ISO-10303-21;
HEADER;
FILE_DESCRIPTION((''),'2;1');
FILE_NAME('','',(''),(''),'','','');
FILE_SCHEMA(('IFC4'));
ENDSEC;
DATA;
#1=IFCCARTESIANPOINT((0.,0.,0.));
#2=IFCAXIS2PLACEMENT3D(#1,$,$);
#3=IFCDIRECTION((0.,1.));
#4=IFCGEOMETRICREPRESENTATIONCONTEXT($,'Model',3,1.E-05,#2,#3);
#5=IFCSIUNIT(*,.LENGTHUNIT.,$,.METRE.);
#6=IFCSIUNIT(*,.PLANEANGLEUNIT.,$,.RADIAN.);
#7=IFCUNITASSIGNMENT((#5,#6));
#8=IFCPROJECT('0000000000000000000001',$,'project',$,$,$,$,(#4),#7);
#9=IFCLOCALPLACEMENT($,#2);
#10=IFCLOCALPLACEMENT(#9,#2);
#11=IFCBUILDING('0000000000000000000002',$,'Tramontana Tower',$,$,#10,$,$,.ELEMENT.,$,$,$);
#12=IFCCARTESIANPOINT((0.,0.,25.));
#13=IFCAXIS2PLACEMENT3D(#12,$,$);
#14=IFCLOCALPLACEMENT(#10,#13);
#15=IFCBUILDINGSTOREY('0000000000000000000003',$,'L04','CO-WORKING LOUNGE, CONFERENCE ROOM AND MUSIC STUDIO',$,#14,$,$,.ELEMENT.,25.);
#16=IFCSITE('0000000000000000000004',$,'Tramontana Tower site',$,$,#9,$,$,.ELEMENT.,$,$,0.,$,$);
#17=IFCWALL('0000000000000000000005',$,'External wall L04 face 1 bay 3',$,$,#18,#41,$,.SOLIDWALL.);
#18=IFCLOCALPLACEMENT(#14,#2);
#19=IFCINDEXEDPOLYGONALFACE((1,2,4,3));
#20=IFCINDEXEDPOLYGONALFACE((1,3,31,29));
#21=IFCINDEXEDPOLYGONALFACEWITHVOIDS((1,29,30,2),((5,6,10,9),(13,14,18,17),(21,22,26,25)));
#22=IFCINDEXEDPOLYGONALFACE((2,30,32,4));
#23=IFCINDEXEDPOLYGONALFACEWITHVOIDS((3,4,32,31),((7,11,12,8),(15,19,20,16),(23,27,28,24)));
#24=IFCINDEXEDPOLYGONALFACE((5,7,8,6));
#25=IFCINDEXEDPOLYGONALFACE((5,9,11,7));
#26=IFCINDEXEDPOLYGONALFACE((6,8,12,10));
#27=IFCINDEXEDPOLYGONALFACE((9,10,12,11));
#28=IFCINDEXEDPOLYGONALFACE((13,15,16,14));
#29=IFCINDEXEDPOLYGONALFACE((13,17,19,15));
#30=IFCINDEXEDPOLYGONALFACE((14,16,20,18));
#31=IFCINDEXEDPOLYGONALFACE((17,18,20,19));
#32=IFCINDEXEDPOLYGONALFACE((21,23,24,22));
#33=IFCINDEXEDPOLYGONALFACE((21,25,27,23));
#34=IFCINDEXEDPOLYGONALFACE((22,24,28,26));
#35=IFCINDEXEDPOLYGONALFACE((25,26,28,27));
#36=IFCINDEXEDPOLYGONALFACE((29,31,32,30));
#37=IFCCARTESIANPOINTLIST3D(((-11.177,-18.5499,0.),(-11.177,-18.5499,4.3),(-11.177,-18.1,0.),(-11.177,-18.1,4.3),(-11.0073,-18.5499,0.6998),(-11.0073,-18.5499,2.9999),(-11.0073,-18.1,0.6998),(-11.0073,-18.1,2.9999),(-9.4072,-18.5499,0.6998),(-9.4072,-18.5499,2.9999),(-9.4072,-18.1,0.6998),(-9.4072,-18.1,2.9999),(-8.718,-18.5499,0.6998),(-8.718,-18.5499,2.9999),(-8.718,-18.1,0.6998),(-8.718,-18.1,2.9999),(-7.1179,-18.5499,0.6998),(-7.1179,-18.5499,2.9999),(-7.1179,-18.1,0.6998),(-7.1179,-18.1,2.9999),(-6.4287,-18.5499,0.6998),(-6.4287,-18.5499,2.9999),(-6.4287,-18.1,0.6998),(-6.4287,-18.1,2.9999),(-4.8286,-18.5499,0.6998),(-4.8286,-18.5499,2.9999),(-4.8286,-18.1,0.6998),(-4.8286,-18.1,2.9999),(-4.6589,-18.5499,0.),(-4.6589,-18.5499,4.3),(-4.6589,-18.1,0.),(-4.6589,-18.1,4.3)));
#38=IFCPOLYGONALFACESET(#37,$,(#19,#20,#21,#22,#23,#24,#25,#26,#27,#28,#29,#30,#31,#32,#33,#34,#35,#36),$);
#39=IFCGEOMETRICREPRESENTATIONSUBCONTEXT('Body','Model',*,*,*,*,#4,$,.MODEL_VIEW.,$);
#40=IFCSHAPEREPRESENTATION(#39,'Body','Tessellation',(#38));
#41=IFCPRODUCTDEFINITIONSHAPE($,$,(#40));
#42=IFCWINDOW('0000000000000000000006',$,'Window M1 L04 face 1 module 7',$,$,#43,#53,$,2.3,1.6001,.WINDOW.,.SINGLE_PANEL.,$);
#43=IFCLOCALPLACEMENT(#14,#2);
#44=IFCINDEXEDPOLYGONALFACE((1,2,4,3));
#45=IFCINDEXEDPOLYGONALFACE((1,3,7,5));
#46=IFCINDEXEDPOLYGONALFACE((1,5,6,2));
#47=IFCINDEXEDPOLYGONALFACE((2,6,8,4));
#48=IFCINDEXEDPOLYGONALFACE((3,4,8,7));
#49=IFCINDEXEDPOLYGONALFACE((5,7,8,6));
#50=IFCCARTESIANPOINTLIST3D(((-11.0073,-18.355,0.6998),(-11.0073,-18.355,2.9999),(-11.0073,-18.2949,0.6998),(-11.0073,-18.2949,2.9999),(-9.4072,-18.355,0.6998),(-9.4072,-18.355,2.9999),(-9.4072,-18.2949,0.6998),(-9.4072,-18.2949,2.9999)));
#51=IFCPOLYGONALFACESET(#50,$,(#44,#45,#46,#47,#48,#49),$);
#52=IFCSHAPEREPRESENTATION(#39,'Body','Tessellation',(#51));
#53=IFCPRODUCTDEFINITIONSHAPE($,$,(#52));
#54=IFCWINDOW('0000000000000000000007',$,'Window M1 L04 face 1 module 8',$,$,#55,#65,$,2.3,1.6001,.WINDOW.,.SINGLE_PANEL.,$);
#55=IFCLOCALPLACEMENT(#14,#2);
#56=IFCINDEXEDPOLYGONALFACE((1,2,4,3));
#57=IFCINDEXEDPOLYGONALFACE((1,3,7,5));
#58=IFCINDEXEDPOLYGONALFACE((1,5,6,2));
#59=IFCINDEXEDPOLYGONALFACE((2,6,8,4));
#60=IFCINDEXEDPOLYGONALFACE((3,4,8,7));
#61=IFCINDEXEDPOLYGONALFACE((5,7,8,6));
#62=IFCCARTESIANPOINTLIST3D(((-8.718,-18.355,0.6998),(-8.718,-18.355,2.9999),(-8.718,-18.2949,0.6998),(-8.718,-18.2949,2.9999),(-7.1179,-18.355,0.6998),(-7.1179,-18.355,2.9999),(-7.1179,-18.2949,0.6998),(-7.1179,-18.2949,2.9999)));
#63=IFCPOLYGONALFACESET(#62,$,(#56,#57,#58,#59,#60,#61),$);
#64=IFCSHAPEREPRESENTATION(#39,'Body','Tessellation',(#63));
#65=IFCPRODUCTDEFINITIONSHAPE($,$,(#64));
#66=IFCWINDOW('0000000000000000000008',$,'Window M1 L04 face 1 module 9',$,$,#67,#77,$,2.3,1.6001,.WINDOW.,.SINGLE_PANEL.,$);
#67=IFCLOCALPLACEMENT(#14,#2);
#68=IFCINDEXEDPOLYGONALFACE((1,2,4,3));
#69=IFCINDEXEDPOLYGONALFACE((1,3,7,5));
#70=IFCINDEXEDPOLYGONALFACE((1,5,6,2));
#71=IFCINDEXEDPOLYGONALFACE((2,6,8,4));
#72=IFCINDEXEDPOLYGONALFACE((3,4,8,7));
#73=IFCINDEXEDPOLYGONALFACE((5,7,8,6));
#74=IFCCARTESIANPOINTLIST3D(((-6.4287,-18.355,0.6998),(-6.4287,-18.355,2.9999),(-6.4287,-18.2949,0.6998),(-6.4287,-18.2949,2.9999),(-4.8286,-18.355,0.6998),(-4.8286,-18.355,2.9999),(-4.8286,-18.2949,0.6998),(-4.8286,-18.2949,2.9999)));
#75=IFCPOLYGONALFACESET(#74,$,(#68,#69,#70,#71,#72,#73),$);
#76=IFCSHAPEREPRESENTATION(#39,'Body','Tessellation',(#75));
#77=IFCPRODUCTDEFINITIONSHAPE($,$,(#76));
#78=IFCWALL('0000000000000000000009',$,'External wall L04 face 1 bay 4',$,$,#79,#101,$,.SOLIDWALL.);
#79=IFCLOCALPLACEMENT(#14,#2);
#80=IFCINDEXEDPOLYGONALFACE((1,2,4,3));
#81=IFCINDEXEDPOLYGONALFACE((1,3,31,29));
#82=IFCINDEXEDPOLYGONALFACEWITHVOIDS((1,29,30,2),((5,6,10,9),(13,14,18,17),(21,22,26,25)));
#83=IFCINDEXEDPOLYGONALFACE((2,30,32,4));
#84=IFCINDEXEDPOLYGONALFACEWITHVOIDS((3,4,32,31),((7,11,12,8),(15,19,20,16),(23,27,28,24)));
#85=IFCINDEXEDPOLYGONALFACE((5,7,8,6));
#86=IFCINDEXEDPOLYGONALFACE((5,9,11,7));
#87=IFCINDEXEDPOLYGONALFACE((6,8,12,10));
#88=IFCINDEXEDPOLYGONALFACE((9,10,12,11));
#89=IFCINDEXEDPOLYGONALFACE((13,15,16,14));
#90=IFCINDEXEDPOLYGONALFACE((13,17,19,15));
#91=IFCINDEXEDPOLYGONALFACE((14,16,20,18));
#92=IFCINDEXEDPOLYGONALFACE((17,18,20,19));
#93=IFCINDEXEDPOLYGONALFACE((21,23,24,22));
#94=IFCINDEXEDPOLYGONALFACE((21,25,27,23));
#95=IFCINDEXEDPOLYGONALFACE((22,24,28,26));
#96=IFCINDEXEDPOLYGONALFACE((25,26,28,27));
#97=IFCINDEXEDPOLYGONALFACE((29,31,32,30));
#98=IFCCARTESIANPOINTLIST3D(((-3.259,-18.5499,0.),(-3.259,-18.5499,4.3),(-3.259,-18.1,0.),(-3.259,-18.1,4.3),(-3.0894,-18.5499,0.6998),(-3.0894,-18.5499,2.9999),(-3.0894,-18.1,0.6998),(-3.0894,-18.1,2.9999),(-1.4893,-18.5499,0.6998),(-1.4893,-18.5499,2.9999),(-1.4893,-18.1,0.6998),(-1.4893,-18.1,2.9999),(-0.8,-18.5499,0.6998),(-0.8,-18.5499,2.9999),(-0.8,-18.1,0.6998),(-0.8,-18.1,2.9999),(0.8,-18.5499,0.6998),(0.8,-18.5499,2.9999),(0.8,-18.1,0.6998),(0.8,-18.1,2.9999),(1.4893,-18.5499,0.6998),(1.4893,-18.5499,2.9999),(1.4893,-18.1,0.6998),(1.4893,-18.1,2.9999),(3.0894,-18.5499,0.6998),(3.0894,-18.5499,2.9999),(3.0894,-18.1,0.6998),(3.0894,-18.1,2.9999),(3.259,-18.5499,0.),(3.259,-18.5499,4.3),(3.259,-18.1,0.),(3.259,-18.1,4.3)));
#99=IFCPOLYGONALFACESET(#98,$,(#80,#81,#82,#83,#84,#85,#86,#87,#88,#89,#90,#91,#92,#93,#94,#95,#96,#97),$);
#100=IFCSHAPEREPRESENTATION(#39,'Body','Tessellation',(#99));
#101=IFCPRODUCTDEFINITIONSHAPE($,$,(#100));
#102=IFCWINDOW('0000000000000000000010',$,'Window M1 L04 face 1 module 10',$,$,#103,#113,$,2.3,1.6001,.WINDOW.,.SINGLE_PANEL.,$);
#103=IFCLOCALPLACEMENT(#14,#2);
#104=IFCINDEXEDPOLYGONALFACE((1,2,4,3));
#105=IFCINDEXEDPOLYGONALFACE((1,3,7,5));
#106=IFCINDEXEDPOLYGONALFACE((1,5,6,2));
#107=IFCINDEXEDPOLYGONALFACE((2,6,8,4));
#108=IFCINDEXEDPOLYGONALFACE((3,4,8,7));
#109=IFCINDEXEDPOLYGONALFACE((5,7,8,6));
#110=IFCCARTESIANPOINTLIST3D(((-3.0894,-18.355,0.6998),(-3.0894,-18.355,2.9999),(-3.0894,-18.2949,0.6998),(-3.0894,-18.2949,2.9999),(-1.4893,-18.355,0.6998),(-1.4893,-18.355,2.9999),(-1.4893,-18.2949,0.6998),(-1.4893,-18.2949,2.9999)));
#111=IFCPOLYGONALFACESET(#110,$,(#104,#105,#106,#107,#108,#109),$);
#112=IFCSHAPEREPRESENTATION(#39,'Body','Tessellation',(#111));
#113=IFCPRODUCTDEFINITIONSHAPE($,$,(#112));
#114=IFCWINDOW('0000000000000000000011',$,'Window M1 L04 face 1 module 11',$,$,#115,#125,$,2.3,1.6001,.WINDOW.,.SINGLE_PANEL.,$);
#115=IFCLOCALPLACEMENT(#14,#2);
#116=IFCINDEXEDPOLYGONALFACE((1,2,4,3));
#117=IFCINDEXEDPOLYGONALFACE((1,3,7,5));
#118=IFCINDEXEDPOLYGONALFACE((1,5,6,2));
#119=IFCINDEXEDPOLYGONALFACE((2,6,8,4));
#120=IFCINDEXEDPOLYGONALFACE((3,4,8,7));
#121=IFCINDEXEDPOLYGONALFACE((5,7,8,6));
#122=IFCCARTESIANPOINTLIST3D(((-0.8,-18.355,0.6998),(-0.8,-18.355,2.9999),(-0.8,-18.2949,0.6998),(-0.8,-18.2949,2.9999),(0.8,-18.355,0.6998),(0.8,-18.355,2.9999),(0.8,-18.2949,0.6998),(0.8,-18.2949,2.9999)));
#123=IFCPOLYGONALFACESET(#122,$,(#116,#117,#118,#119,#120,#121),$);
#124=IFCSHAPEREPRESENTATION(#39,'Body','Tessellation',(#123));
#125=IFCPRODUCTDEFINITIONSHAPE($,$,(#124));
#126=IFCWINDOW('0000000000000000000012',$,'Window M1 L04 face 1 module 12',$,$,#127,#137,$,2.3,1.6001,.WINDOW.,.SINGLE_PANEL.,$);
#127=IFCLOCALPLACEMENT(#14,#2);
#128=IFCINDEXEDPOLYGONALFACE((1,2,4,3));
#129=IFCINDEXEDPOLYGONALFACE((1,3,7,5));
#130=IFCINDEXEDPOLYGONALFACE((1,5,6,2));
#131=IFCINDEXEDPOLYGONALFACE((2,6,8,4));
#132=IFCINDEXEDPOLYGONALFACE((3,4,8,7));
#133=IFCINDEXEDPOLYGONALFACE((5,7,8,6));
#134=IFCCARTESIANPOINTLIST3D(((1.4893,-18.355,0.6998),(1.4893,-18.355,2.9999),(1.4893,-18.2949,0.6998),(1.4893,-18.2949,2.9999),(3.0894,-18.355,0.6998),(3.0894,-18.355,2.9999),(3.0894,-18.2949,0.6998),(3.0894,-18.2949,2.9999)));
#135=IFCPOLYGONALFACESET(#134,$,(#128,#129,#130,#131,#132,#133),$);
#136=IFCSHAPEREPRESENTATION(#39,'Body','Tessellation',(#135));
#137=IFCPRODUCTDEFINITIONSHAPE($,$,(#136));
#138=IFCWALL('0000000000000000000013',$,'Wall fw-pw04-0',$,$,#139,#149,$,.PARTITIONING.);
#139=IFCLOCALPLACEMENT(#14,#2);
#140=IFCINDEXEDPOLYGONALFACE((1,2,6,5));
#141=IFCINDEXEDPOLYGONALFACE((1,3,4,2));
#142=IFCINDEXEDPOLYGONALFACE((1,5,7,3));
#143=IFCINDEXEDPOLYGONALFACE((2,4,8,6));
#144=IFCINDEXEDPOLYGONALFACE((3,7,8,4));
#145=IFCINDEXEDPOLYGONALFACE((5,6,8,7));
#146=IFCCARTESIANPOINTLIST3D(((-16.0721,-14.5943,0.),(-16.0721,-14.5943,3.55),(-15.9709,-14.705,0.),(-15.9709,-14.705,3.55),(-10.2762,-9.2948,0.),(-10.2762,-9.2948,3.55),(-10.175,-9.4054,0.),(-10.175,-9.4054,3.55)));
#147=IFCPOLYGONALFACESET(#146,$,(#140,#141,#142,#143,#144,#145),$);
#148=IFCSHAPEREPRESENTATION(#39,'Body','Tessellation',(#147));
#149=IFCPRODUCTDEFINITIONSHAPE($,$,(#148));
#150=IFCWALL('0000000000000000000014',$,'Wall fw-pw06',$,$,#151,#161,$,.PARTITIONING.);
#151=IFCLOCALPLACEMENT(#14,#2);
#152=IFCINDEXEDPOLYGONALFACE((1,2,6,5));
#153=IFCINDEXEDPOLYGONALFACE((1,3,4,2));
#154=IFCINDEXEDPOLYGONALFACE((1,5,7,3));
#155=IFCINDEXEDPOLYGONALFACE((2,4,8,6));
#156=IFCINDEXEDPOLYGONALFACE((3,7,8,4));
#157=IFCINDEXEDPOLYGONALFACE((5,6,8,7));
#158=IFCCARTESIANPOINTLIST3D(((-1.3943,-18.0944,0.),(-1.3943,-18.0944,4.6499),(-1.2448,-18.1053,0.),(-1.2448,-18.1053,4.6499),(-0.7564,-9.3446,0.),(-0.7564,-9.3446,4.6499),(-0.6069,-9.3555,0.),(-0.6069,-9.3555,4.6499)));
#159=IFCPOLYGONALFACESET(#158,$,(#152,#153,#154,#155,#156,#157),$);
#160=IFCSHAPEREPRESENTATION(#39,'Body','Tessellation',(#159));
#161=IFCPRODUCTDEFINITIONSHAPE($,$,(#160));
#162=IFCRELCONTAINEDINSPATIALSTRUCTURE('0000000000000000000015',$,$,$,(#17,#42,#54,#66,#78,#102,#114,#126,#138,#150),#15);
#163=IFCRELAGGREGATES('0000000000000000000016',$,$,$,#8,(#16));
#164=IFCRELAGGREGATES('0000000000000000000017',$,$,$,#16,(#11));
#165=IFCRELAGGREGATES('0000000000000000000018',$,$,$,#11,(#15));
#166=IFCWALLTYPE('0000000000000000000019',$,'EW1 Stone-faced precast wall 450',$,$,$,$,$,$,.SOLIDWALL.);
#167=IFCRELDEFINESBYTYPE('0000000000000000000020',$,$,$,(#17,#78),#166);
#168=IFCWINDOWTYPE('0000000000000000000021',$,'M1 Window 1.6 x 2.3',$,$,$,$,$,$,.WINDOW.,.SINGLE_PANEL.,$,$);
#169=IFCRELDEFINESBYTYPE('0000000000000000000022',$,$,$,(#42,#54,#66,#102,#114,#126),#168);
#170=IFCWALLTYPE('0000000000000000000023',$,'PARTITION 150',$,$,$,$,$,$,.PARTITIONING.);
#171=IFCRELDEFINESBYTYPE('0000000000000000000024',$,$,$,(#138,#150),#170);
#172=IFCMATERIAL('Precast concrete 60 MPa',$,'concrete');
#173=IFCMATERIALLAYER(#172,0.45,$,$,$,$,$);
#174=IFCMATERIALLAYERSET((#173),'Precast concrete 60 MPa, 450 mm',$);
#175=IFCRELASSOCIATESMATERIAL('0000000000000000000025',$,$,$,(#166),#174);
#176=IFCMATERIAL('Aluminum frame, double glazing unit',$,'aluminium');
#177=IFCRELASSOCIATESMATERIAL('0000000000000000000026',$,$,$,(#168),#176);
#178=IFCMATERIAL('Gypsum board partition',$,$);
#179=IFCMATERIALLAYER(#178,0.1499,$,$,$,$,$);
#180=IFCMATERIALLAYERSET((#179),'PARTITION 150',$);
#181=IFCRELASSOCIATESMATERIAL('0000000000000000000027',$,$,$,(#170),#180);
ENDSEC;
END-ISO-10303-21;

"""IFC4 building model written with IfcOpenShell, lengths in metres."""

from ifc_helpers import new_model, si_unit, direction, frame, frame_2d, origin, place, context, subcontext, project, spatial, rectangle, extrude, material, layer, layer_set, type_object, element, fill, save


model = new_model("IFC4")

# Units and contexts
model_context = context("Model", 3, precision=1e-05, world=origin(), true_north=direction((0.0, 1.0)))
body_context = subcontext(model_context, "Body", "Model", "MODEL_VIEW")
ifc_project = project(units=[si_unit("LENGTHUNIT", "METRE"), si_unit("PLANEANGLEUNIT", "RADIAN")], contexts=[model_context])

# Site, building, storey
site_placement = place(None, origin())
site = spatial("IfcSite", under=ifc_project, at=site_placement, Name="Tramontana Tower site", CompositionType="ELEMENT", RefElevation=0.0)
building_placement = place(site_placement, origin())
building = spatial("IfcBuilding", under=site, at=building_placement, Name="Tramontana Tower", CompositionType="ELEMENT")
storey_placement = place(building_placement, frame((0.0, 0.0, 25.0)))
storey = spatial("IfcBuildingStorey", under=building, at=storey_placement, Name="L04", Description="CO-WORKING LOUNGE, CONFERENCE ROOM AND MUSIC STUDIO", CompositionType="ELEMENT", Elevation=25.0)

# Walls, openings, windows
ifc_material_1 = material(Name="Precast concrete 60 MPa", Category="concrete")
ifc_layer_1 = layer(ifc_material_1, 0.45)
ifc_layer_set_1 = layer_set([ifc_layer_1], Name="Precast concrete 60 MPa, 450 mm")
wall_type_1 = type_object("IfcWallType", Name="EW1 Stone-faced precast wall 450", PredefinedType="SOLIDWALL", material=ifc_layer_set_1)
wall_1_placement = place(storey_placement, frame((-11.177, -18.325, 0.0), z_axis=(0.0, 0.0, 1.0), x_axis=(1.0, 0.0, 0.0)))
wall_1 = element("IfcWall", 1, at=wall_1_placement, inside=storey, type_object=wall_type_1, Name="External wall L04 face 1 bay 3", PredefinedType="SOLIDWALL", context=body_context, shape_type="SweptSolid", body=[
    extrude(rectangle(XDim=6.5181, YDim=0.45, at=frame_2d((3.259, 0.0))), origin(), (0.0, 0.0, 1.0), 4.3),
])
opening_1_placement = place(wall_1_placement, frame((0.1697, 0.0, 0.7)))
opening_1 = element("IfcOpeningElement", 2, at=opening_1_placement, cuts=wall_1, PredefinedType="OPENING", context=body_context, shape_type="SweptSolid", body=[
    extrude(rectangle(XDim=1.6001, YDim=2.3, at=frame_2d((0.8, 1.1499))), frame((0.0, 0.2349, 0.0), z_axis=(0.0, -1.0, 0.0), x_axis=(1.0, 0.0, 0.0)), (0.0, 0.0, 1.0), 0.47),
])
opening_2_placement = place(wall_1_placement, frame((2.459, 0.0, 0.7)))
opening_2 = element("IfcOpeningElement", 3, at=opening_2_placement, cuts=wall_1, PredefinedType="OPENING", context=body_context, shape_type="SweptSolid", body=[
    extrude(rectangle(XDim=1.6001, YDim=2.3, at=frame_2d((0.8, 1.1499))), frame((0.0, 0.2349, 0.0), z_axis=(0.0, -1.0, 0.0), x_axis=(1.0, 0.0, 0.0)), (0.0, 0.0, 1.0), 0.47),
])
opening_3_placement = place(wall_1_placement, frame((4.7483, 0.0, 0.7)))
opening_3 = element("IfcOpeningElement", 4, at=opening_3_placement, cuts=wall_1, PredefinedType="OPENING", context=body_context, shape_type="SweptSolid", body=[
    extrude(rectangle(XDim=1.6001, YDim=2.3, at=frame_2d((0.8, 1.1499))), frame((0.0, 0.2349, 0.0), z_axis=(0.0, -1.0, 0.0), x_axis=(1.0, 0.0, 0.0)), (0.0, 0.0, 1.0), 0.47),
])
ifc_material_2 = material(Name="Aluminum frame, double glazing unit", Category="aluminium")
window_type = type_object("IfcWindowType", Name="M1 Window 1.6 x 2.3", PartitioningType="SINGLE_PANEL", PredefinedType="WINDOW", material=ifc_material_2)
window_1_placement = place(opening_1_placement, origin())
window_1 = element("IfcWindow", 5, at=window_1_placement, inside=storey, type_object=window_type, Name="Window M1 L04 face 1 module 7", OverallHeight=2.3, OverallWidth=1.6001, PartitioningType="SINGLE_PANEL", PredefinedType="WINDOW", context=body_context, shape_type="SweptSolid", body=[
    extrude(rectangle(XDim=1.6001, YDim=2.3, at=frame_2d((0.8, 1.1499))), frame((0.0, 0.03, 0.0), z_axis=(0.0, -1.0, 0.0), x_axis=(1.0, 0.0, 0.0)), (0.0, 0.0, 1.0), 0.0601),
])
fill(opening_1, window_1)
window_2_placement = place(opening_2_placement, origin())
window_2 = element("IfcWindow", 6, at=window_2_placement, inside=storey, type_object=window_type, Name="Window M1 L04 face 1 module 8", OverallHeight=2.3, OverallWidth=1.6001, PartitioningType="SINGLE_PANEL", PredefinedType="WINDOW", context=body_context, shape_type="SweptSolid", body=[
    extrude(rectangle(XDim=1.6001, YDim=2.3, at=frame_2d((0.8, 1.1499))), frame((0.0, 0.03, 0.0), z_axis=(0.0, -1.0, 0.0), x_axis=(1.0, 0.0, 0.0)), (0.0, 0.0, 1.0), 0.0601),
])
fill(opening_2, window_2)
window_3_placement = place(opening_3_placement, origin())
window_3 = element("IfcWindow", 7, at=window_3_placement, inside=storey, type_object=window_type, Name="Window M1 L04 face 1 module 9", OverallHeight=2.3, OverallWidth=1.6001, PartitioningType="SINGLE_PANEL", PredefinedType="WINDOW", context=body_context, shape_type="SweptSolid", body=[
    extrude(rectangle(XDim=1.6001, YDim=2.3, at=frame_2d((0.8, 1.1499))), frame((0.0, 0.03, 0.0), z_axis=(0.0, -1.0, 0.0), x_axis=(1.0, 0.0, 0.0)), (0.0, 0.0, 1.0), 0.0601),
])
fill(opening_3, window_3)
wall_2_placement = place(storey_placement, frame((-3.259, -18.325, 0.0), z_axis=(0.0, 0.0, 1.0), x_axis=(1.0, 0.0, 0.0)))
wall_2 = element("IfcWall", 8, at=wall_2_placement, inside=storey, type_object=wall_type_1, Name="External wall L04 face 1 bay 4", PredefinedType="SOLIDWALL", context=body_context, shape_type="SweptSolid", body=[
    extrude(rectangle(XDim=6.5181, YDim=0.45, at=frame_2d((3.259, 0.0))), origin(), (0.0, 0.0, 1.0), 4.3),
])
opening_4_placement = place(wall_2_placement, frame((0.1697, 0.0, 0.7)))
opening_4 = element("IfcOpeningElement", 9, at=opening_4_placement, cuts=wall_2, PredefinedType="OPENING", context=body_context, shape_type="SweptSolid", body=[
    extrude(rectangle(XDim=1.6001, YDim=2.3, at=frame_2d((0.8, 1.1499))), frame((0.0, 0.2349, 0.0), z_axis=(0.0, -1.0, 0.0), x_axis=(1.0, 0.0, 0.0)), (0.0, 0.0, 1.0), 0.47),
])
opening_5_placement = place(wall_2_placement, frame((2.459, 0.0, 0.7)))
opening_5 = element("IfcOpeningElement", 10, at=opening_5_placement, cuts=wall_2, PredefinedType="OPENING", context=body_context, shape_type="SweptSolid", body=[
    extrude(rectangle(XDim=1.6001, YDim=2.3, at=frame_2d((0.8, 1.1499))), frame((0.0, 0.2349, 0.0), z_axis=(0.0, -1.0, 0.0), x_axis=(1.0, 0.0, 0.0)), (0.0, 0.0, 1.0), 0.47),
])
opening_6_placement = place(wall_2_placement, frame((4.7483, 0.0, 0.7)))
opening_6 = element("IfcOpeningElement", 11, at=opening_6_placement, cuts=wall_2, PredefinedType="OPENING", context=body_context, shape_type="SweptSolid", body=[
    extrude(rectangle(XDim=1.6001, YDim=2.3, at=frame_2d((0.8, 1.1499))), frame((0.0, 0.2349, 0.0), z_axis=(0.0, -1.0, 0.0), x_axis=(1.0, 0.0, 0.0)), (0.0, 0.0, 1.0), 0.47),
])
window_4_placement = place(opening_4_placement, origin())
window_4 = element("IfcWindow", 12, at=window_4_placement, inside=storey, type_object=window_type, Name="Window M1 L04 face 1 module 10", OverallHeight=2.3, OverallWidth=1.6001, PartitioningType="SINGLE_PANEL", PredefinedType="WINDOW", context=body_context, shape_type="SweptSolid", body=[
    extrude(rectangle(XDim=1.6001, YDim=2.3, at=frame_2d((0.8, 1.1499))), frame((0.0, 0.03, 0.0), z_axis=(0.0, -1.0, 0.0), x_axis=(1.0, 0.0, 0.0)), (0.0, 0.0, 1.0), 0.0601),
])
fill(opening_4, window_4)
window_5_placement = place(opening_5_placement, origin())
window_5 = element("IfcWindow", 13, at=window_5_placement, inside=storey, type_object=window_type, Name="Window M1 L04 face 1 module 11", OverallHeight=2.3, OverallWidth=1.6001, PartitioningType="SINGLE_PANEL", PredefinedType="WINDOW", context=body_context, shape_type="SweptSolid", body=[
    extrude(rectangle(XDim=1.6001, YDim=2.3, at=frame_2d((0.8, 1.1499))), frame((0.0, 0.03, 0.0), z_axis=(0.0, -1.0, 0.0), x_axis=(1.0, 0.0, 0.0)), (0.0, 0.0, 1.0), 0.0601),
])
fill(opening_5, window_5)
window_6_placement = place(opening_6_placement, origin())
window_6 = element("IfcWindow", 14, at=window_6_placement, inside=storey, type_object=window_type, Name="Window M1 L04 face 1 module 12", OverallHeight=2.3, OverallWidth=1.6001, PartitioningType="SINGLE_PANEL", PredefinedType="WINDOW", context=body_context, shape_type="SweptSolid", body=[
    extrude(rectangle(XDim=1.6001, YDim=2.3, at=frame_2d((0.8, 1.1499))), frame((0.0, 0.03, 0.0), z_axis=(0.0, -1.0, 0.0), x_axis=(1.0, 0.0, 0.0)), (0.0, 0.0, 1.0), 0.0601),
])
fill(opening_6, window_6)

# Walls
ifc_material_3 = material(Name="Gypsum board partition")
ifc_layer_2 = layer(ifc_material_3, 0.1499)
ifc_layer_set_2 = layer_set([ifc_layer_2], Name="PARTITION 150")
wall_type_2 = type_object("IfcWallType", Name="PARTITION 150", PredefinedType="PARTITIONING", material=ifc_layer_set_2)
wall_3_placement = place(storey_placement, frame((-10.2256, -9.3501, 0.0), z_axis=(0.0, 0.0, 1.0), x_axis=(-0.738, -0.674801, 0.0)))
element("IfcWall", 15, at=wall_3_placement, inside=storey, type_object=wall_type_2, Name="Wall fw-pw04-0", PredefinedType="PARTITIONING", context=body_context, shape_type="SweptSolid", body=[
    extrude(rectangle(XDim=7.8535, YDim=0.1499, at=frame_2d((3.9268, 0.0))), origin(), (0.0, 0.0, 1.0), 3.55),
])
wall_4_placement = place(storey_placement, frame((-0.6816, -9.3501, 0.0), z_axis=(0.0, 0.0, 1.0), x_axis=(-0.072716, -0.997353, 0.0)))
element("IfcWall", 16, at=wall_4_placement, inside=storey, type_object=wall_type_2, Name="Wall fw-pw06", PredefinedType="PARTITIONING", context=body_context, shape_type="SweptSolid", body=[
    extrude(rectangle(XDim=8.7729, YDim=0.1499, at=frame_2d((4.3865, 0.0))), origin(), (0.0, 0.0, 1.0), 4.6499),
])

save(model, "model.ifc")
